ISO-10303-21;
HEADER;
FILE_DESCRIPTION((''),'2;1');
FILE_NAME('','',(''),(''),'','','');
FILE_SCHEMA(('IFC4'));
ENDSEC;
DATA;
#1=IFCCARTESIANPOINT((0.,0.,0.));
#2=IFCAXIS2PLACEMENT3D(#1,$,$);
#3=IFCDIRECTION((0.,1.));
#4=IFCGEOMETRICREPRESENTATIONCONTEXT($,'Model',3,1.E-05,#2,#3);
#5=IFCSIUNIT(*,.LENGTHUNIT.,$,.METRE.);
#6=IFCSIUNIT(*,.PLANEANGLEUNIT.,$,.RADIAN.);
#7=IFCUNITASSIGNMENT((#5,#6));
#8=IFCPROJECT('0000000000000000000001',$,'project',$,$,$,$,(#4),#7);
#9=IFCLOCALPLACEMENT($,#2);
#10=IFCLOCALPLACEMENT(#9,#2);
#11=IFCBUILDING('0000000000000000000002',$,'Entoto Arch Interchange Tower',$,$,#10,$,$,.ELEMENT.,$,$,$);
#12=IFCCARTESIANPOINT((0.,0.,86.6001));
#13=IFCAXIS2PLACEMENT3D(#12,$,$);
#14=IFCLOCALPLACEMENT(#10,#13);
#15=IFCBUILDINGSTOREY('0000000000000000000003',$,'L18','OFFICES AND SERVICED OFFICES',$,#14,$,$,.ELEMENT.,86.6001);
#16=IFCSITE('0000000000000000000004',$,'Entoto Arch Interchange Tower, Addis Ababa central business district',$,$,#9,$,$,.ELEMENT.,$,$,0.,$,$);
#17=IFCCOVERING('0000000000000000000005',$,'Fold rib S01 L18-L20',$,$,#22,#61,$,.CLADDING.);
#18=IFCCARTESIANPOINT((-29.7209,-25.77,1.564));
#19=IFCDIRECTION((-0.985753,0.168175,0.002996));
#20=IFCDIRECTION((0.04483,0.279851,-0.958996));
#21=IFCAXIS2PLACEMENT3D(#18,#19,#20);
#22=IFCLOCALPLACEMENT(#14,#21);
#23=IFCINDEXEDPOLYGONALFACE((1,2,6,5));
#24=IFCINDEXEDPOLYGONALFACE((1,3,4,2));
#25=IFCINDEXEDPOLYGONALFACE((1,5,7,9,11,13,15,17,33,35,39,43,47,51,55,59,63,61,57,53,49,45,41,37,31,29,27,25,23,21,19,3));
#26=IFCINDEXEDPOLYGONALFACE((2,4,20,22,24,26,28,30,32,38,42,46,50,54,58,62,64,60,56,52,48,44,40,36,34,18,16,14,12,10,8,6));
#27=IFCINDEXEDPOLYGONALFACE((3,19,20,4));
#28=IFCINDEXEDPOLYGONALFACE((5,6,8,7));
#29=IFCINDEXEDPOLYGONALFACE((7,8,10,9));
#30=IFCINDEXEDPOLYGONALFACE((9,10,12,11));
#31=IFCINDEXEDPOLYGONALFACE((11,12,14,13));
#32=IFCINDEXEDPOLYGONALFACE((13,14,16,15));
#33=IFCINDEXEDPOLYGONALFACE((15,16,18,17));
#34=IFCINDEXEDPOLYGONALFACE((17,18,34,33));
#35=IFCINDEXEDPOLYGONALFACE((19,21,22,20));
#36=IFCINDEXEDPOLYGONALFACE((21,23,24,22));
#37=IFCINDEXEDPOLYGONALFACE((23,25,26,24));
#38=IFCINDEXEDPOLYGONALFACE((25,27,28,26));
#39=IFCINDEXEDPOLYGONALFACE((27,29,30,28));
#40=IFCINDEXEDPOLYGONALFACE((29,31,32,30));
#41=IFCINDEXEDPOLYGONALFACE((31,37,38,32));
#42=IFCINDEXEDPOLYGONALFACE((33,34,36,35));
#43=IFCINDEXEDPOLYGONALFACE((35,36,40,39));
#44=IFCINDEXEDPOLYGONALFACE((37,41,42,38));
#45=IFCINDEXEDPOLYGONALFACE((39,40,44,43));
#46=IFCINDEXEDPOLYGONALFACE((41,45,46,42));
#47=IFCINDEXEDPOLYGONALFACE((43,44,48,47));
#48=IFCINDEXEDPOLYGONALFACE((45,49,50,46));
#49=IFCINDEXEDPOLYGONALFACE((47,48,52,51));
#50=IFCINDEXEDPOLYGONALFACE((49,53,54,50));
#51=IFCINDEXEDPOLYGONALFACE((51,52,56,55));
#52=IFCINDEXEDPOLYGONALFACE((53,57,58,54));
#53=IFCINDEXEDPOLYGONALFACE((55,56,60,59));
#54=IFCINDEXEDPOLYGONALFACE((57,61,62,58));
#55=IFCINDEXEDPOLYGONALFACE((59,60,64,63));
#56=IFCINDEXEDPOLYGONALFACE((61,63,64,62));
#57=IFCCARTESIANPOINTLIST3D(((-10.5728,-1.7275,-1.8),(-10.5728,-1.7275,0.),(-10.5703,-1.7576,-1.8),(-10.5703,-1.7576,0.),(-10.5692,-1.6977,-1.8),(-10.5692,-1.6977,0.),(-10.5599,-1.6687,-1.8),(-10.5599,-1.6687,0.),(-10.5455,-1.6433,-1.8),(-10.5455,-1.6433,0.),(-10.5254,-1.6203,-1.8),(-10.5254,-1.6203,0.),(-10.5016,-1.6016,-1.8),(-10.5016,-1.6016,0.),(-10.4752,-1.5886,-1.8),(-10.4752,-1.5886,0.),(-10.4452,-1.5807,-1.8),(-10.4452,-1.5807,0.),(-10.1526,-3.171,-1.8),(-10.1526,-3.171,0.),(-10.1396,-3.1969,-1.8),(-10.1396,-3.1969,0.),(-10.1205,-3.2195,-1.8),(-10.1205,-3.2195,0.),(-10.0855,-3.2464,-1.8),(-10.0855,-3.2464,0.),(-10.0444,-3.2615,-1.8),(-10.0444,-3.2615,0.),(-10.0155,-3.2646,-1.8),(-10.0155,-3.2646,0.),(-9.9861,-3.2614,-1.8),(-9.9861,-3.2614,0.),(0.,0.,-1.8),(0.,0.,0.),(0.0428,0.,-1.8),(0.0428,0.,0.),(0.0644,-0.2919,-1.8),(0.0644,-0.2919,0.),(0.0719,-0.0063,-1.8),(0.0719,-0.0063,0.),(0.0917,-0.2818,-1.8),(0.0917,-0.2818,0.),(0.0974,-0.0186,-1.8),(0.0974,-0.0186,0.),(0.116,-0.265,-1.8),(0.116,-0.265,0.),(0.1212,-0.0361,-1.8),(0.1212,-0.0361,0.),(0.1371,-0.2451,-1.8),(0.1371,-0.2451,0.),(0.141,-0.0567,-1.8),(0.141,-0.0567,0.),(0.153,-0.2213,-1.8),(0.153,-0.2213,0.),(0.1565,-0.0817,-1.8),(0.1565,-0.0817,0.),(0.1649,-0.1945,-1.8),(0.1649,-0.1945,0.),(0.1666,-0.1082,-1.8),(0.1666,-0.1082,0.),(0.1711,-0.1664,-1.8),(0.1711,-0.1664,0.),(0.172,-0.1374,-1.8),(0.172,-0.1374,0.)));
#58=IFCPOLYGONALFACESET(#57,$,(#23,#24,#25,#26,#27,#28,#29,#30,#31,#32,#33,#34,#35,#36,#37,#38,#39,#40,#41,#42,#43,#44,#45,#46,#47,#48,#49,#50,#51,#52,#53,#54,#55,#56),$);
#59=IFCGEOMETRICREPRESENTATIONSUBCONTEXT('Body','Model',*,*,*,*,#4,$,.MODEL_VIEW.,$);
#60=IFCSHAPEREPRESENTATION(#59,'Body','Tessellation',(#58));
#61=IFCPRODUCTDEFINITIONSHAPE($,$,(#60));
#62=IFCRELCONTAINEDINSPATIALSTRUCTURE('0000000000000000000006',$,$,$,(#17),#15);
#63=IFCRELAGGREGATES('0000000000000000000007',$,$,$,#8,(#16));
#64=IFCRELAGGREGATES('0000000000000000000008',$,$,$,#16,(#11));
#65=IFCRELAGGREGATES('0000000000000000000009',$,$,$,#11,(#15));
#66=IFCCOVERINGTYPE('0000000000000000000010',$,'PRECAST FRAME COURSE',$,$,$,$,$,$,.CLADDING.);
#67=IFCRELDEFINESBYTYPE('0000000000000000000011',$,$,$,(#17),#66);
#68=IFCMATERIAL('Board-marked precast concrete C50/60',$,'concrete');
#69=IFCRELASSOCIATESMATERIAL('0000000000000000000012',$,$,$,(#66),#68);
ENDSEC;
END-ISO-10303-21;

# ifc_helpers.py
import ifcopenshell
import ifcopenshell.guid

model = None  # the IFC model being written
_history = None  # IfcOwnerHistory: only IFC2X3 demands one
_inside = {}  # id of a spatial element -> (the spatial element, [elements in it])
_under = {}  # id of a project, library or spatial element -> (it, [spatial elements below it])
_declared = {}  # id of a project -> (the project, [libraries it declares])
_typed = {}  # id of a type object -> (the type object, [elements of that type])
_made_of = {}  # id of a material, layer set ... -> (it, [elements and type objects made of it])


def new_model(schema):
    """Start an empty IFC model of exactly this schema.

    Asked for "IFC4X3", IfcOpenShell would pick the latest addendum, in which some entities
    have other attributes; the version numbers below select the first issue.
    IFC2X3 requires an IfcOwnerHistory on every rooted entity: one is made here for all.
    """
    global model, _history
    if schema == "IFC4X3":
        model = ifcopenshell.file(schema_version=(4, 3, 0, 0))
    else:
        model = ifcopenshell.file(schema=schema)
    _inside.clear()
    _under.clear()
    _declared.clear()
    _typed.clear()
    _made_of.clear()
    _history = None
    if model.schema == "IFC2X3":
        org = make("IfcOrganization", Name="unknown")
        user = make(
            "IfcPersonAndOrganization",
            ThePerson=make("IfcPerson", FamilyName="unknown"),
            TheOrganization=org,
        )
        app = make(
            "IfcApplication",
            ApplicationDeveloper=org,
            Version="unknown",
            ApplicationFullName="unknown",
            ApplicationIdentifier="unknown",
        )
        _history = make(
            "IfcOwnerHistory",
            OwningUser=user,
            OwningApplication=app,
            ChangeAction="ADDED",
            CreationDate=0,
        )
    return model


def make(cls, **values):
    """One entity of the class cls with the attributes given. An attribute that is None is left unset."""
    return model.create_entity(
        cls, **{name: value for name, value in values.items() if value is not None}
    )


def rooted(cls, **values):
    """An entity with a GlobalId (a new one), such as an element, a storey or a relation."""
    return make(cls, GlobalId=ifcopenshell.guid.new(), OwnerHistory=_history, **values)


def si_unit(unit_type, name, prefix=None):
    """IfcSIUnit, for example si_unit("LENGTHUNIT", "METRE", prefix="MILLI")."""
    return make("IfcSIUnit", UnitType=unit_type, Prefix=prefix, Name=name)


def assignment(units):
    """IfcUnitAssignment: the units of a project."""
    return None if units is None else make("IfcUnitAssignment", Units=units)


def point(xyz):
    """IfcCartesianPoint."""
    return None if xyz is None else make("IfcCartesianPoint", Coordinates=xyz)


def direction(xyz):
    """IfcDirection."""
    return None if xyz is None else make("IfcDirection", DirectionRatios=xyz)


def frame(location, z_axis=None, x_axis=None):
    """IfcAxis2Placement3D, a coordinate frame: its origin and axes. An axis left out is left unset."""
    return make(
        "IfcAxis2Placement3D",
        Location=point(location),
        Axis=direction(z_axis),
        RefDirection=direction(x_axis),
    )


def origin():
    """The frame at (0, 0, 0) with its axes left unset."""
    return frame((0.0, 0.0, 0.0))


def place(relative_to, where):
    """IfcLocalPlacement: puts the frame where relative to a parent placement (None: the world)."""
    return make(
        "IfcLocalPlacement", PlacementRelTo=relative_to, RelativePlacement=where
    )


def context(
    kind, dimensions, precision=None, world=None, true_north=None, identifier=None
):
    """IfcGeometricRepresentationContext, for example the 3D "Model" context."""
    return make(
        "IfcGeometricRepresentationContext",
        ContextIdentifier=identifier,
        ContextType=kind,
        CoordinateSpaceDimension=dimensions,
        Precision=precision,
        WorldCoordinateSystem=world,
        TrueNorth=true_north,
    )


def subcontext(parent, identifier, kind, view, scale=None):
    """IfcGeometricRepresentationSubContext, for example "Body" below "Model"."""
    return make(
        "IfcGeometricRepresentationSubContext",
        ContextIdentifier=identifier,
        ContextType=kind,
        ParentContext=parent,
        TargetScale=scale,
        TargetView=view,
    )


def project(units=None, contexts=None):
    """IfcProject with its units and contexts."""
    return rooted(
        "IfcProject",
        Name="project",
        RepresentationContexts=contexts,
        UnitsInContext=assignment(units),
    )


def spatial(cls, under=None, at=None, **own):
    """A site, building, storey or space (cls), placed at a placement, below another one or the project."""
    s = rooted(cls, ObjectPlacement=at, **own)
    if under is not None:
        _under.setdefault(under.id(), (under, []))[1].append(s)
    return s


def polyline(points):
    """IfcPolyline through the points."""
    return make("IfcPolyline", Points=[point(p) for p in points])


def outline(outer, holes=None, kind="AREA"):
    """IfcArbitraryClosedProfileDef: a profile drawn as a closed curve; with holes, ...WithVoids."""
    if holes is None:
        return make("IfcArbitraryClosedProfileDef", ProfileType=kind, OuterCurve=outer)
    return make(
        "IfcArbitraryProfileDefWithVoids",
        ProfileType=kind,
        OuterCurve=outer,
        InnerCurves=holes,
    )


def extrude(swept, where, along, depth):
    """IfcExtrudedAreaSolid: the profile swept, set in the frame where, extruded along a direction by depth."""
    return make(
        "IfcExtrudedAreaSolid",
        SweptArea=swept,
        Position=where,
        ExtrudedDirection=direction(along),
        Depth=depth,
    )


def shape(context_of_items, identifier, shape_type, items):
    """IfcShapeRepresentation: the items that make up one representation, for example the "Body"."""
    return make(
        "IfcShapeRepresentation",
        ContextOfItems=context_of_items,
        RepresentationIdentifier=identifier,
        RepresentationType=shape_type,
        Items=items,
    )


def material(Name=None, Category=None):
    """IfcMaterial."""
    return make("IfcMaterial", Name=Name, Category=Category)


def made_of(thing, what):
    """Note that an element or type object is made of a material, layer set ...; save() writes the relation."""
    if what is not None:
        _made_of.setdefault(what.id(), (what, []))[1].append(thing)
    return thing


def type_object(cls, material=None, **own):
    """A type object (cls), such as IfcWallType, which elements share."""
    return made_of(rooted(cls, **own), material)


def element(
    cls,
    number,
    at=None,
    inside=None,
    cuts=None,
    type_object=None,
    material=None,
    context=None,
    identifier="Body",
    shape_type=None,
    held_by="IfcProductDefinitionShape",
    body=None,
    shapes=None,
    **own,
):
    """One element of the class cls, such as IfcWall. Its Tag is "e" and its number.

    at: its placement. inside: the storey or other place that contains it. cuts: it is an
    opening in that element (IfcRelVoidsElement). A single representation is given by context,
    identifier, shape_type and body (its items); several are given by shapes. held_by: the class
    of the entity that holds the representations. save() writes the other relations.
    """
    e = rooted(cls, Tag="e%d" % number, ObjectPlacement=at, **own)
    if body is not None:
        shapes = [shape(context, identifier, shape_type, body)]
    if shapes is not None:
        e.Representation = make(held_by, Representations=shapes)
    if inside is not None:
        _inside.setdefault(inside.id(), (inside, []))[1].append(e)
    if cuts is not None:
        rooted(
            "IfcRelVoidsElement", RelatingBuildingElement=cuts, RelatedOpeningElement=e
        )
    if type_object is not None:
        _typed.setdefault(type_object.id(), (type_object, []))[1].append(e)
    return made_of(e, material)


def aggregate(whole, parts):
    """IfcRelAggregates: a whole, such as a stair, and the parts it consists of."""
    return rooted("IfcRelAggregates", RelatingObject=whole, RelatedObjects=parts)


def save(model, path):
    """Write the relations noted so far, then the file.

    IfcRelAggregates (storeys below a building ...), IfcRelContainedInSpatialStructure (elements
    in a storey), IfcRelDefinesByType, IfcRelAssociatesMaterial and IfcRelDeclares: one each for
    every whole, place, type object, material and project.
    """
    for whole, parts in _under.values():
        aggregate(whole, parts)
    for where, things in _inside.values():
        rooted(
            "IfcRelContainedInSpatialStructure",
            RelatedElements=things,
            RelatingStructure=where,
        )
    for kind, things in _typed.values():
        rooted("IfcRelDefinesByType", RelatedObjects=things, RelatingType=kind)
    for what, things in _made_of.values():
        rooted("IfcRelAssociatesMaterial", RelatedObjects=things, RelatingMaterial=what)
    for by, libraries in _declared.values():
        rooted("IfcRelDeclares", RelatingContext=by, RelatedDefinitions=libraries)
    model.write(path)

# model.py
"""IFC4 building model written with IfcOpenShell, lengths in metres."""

from ifc_helpers import new_model, si_unit, direction, frame, origin, place, context, subcontext, project, spatial, polyline, outline, extrude, material, type_object, element, save


model = new_model("IFC4")

# Units and contexts
model_context = context("Model", 3, precision=1e-05, world=origin(), true_north=direction((0.0, 1.0)))
body_context = subcontext(model_context, "Body", "Model", "MODEL_VIEW")
ifc_project = project(units=[si_unit("LENGTHUNIT", "METRE"), si_unit("PLANEANGLEUNIT", "RADIAN")], contexts=[model_context])

# Site, building, storey
site_placement = place(None, origin())
site = spatial("IfcSite", under=ifc_project, at=site_placement, Name="Entoto Arch Interchange Tower, Addis Ababa central business district", CompositionType="ELEMENT", RefElevation=0.0)
building_placement = place(site_placement, origin())
building = spatial("IfcBuilding", under=site, at=building_placement, Name="Entoto Arch Interchange Tower", CompositionType="ELEMENT")
storey_placement = place(building_placement, frame((0.0, 0.0, 86.6001)))
storey = spatial("IfcBuildingStorey", under=building, at=storey_placement, Name="L18", Description="OFFICES AND SERVICED OFFICES", CompositionType="ELEMENT", Elevation=86.6001)

# Shared definitions
ifc_material_1 = material(Name="Board-marked precast concrete C50/60", Category="concrete")

# Covering
covering_type = type_object("IfcCoveringType", Name="PRECAST FRAME COURSE", PredefinedType="CLADDING", material=ifc_material_1)
covering_1_placement = place(storey_placement, frame((-29.7209, -25.77, 1.564), z_axis=(-0.985753, 0.168175, 0.002996), x_axis=(0.04483, 0.279851, -0.958996)))
element("IfcCovering", 1, at=covering_1_placement, inside=storey, type_object=covering_type, Name="Fold rib S01 L18-L20", PredefinedType="CLADDING", context=body_context, shape_type="SweptSolid", body=[
    extrude(outline(polyline([(0.0, 0.0), (0.0428, 0.0), (0.0719, -0.0063), (0.0974, -0.0186), (0.1212, -0.0361), (0.141, -0.0567), (0.1565, -0.0817), (0.1666, -0.1082), (0.172, -0.1374), (0.1711, -0.1664), (0.1649, -0.1945), (0.153, -0.2213), (0.1371, -0.2451), (0.116, -0.265), (0.0917, -0.2818), (0.0644, -0.2919), (-9.9861, -3.2614), (-10.0155, -3.2646), (-10.0444, -3.2615), (-10.0855, -3.2464), (-10.1205, -3.2195), (-10.1396, -3.1969), (-10.1526, -3.171), (-10.5703, -1.7576), (-10.5728, -1.7275), (-10.5692, -1.6977), (-10.5599, -1.6687), (-10.5455, -1.6433), (-10.5254, -1.6203), (-10.5016, -1.6016), (-10.4752, -1.5886), (-10.4452, -1.5807), (0.0, 0.0)])), origin(), (0.0, 0.0, -1.0), 1.8),
])

save(model, "model.ifc")
